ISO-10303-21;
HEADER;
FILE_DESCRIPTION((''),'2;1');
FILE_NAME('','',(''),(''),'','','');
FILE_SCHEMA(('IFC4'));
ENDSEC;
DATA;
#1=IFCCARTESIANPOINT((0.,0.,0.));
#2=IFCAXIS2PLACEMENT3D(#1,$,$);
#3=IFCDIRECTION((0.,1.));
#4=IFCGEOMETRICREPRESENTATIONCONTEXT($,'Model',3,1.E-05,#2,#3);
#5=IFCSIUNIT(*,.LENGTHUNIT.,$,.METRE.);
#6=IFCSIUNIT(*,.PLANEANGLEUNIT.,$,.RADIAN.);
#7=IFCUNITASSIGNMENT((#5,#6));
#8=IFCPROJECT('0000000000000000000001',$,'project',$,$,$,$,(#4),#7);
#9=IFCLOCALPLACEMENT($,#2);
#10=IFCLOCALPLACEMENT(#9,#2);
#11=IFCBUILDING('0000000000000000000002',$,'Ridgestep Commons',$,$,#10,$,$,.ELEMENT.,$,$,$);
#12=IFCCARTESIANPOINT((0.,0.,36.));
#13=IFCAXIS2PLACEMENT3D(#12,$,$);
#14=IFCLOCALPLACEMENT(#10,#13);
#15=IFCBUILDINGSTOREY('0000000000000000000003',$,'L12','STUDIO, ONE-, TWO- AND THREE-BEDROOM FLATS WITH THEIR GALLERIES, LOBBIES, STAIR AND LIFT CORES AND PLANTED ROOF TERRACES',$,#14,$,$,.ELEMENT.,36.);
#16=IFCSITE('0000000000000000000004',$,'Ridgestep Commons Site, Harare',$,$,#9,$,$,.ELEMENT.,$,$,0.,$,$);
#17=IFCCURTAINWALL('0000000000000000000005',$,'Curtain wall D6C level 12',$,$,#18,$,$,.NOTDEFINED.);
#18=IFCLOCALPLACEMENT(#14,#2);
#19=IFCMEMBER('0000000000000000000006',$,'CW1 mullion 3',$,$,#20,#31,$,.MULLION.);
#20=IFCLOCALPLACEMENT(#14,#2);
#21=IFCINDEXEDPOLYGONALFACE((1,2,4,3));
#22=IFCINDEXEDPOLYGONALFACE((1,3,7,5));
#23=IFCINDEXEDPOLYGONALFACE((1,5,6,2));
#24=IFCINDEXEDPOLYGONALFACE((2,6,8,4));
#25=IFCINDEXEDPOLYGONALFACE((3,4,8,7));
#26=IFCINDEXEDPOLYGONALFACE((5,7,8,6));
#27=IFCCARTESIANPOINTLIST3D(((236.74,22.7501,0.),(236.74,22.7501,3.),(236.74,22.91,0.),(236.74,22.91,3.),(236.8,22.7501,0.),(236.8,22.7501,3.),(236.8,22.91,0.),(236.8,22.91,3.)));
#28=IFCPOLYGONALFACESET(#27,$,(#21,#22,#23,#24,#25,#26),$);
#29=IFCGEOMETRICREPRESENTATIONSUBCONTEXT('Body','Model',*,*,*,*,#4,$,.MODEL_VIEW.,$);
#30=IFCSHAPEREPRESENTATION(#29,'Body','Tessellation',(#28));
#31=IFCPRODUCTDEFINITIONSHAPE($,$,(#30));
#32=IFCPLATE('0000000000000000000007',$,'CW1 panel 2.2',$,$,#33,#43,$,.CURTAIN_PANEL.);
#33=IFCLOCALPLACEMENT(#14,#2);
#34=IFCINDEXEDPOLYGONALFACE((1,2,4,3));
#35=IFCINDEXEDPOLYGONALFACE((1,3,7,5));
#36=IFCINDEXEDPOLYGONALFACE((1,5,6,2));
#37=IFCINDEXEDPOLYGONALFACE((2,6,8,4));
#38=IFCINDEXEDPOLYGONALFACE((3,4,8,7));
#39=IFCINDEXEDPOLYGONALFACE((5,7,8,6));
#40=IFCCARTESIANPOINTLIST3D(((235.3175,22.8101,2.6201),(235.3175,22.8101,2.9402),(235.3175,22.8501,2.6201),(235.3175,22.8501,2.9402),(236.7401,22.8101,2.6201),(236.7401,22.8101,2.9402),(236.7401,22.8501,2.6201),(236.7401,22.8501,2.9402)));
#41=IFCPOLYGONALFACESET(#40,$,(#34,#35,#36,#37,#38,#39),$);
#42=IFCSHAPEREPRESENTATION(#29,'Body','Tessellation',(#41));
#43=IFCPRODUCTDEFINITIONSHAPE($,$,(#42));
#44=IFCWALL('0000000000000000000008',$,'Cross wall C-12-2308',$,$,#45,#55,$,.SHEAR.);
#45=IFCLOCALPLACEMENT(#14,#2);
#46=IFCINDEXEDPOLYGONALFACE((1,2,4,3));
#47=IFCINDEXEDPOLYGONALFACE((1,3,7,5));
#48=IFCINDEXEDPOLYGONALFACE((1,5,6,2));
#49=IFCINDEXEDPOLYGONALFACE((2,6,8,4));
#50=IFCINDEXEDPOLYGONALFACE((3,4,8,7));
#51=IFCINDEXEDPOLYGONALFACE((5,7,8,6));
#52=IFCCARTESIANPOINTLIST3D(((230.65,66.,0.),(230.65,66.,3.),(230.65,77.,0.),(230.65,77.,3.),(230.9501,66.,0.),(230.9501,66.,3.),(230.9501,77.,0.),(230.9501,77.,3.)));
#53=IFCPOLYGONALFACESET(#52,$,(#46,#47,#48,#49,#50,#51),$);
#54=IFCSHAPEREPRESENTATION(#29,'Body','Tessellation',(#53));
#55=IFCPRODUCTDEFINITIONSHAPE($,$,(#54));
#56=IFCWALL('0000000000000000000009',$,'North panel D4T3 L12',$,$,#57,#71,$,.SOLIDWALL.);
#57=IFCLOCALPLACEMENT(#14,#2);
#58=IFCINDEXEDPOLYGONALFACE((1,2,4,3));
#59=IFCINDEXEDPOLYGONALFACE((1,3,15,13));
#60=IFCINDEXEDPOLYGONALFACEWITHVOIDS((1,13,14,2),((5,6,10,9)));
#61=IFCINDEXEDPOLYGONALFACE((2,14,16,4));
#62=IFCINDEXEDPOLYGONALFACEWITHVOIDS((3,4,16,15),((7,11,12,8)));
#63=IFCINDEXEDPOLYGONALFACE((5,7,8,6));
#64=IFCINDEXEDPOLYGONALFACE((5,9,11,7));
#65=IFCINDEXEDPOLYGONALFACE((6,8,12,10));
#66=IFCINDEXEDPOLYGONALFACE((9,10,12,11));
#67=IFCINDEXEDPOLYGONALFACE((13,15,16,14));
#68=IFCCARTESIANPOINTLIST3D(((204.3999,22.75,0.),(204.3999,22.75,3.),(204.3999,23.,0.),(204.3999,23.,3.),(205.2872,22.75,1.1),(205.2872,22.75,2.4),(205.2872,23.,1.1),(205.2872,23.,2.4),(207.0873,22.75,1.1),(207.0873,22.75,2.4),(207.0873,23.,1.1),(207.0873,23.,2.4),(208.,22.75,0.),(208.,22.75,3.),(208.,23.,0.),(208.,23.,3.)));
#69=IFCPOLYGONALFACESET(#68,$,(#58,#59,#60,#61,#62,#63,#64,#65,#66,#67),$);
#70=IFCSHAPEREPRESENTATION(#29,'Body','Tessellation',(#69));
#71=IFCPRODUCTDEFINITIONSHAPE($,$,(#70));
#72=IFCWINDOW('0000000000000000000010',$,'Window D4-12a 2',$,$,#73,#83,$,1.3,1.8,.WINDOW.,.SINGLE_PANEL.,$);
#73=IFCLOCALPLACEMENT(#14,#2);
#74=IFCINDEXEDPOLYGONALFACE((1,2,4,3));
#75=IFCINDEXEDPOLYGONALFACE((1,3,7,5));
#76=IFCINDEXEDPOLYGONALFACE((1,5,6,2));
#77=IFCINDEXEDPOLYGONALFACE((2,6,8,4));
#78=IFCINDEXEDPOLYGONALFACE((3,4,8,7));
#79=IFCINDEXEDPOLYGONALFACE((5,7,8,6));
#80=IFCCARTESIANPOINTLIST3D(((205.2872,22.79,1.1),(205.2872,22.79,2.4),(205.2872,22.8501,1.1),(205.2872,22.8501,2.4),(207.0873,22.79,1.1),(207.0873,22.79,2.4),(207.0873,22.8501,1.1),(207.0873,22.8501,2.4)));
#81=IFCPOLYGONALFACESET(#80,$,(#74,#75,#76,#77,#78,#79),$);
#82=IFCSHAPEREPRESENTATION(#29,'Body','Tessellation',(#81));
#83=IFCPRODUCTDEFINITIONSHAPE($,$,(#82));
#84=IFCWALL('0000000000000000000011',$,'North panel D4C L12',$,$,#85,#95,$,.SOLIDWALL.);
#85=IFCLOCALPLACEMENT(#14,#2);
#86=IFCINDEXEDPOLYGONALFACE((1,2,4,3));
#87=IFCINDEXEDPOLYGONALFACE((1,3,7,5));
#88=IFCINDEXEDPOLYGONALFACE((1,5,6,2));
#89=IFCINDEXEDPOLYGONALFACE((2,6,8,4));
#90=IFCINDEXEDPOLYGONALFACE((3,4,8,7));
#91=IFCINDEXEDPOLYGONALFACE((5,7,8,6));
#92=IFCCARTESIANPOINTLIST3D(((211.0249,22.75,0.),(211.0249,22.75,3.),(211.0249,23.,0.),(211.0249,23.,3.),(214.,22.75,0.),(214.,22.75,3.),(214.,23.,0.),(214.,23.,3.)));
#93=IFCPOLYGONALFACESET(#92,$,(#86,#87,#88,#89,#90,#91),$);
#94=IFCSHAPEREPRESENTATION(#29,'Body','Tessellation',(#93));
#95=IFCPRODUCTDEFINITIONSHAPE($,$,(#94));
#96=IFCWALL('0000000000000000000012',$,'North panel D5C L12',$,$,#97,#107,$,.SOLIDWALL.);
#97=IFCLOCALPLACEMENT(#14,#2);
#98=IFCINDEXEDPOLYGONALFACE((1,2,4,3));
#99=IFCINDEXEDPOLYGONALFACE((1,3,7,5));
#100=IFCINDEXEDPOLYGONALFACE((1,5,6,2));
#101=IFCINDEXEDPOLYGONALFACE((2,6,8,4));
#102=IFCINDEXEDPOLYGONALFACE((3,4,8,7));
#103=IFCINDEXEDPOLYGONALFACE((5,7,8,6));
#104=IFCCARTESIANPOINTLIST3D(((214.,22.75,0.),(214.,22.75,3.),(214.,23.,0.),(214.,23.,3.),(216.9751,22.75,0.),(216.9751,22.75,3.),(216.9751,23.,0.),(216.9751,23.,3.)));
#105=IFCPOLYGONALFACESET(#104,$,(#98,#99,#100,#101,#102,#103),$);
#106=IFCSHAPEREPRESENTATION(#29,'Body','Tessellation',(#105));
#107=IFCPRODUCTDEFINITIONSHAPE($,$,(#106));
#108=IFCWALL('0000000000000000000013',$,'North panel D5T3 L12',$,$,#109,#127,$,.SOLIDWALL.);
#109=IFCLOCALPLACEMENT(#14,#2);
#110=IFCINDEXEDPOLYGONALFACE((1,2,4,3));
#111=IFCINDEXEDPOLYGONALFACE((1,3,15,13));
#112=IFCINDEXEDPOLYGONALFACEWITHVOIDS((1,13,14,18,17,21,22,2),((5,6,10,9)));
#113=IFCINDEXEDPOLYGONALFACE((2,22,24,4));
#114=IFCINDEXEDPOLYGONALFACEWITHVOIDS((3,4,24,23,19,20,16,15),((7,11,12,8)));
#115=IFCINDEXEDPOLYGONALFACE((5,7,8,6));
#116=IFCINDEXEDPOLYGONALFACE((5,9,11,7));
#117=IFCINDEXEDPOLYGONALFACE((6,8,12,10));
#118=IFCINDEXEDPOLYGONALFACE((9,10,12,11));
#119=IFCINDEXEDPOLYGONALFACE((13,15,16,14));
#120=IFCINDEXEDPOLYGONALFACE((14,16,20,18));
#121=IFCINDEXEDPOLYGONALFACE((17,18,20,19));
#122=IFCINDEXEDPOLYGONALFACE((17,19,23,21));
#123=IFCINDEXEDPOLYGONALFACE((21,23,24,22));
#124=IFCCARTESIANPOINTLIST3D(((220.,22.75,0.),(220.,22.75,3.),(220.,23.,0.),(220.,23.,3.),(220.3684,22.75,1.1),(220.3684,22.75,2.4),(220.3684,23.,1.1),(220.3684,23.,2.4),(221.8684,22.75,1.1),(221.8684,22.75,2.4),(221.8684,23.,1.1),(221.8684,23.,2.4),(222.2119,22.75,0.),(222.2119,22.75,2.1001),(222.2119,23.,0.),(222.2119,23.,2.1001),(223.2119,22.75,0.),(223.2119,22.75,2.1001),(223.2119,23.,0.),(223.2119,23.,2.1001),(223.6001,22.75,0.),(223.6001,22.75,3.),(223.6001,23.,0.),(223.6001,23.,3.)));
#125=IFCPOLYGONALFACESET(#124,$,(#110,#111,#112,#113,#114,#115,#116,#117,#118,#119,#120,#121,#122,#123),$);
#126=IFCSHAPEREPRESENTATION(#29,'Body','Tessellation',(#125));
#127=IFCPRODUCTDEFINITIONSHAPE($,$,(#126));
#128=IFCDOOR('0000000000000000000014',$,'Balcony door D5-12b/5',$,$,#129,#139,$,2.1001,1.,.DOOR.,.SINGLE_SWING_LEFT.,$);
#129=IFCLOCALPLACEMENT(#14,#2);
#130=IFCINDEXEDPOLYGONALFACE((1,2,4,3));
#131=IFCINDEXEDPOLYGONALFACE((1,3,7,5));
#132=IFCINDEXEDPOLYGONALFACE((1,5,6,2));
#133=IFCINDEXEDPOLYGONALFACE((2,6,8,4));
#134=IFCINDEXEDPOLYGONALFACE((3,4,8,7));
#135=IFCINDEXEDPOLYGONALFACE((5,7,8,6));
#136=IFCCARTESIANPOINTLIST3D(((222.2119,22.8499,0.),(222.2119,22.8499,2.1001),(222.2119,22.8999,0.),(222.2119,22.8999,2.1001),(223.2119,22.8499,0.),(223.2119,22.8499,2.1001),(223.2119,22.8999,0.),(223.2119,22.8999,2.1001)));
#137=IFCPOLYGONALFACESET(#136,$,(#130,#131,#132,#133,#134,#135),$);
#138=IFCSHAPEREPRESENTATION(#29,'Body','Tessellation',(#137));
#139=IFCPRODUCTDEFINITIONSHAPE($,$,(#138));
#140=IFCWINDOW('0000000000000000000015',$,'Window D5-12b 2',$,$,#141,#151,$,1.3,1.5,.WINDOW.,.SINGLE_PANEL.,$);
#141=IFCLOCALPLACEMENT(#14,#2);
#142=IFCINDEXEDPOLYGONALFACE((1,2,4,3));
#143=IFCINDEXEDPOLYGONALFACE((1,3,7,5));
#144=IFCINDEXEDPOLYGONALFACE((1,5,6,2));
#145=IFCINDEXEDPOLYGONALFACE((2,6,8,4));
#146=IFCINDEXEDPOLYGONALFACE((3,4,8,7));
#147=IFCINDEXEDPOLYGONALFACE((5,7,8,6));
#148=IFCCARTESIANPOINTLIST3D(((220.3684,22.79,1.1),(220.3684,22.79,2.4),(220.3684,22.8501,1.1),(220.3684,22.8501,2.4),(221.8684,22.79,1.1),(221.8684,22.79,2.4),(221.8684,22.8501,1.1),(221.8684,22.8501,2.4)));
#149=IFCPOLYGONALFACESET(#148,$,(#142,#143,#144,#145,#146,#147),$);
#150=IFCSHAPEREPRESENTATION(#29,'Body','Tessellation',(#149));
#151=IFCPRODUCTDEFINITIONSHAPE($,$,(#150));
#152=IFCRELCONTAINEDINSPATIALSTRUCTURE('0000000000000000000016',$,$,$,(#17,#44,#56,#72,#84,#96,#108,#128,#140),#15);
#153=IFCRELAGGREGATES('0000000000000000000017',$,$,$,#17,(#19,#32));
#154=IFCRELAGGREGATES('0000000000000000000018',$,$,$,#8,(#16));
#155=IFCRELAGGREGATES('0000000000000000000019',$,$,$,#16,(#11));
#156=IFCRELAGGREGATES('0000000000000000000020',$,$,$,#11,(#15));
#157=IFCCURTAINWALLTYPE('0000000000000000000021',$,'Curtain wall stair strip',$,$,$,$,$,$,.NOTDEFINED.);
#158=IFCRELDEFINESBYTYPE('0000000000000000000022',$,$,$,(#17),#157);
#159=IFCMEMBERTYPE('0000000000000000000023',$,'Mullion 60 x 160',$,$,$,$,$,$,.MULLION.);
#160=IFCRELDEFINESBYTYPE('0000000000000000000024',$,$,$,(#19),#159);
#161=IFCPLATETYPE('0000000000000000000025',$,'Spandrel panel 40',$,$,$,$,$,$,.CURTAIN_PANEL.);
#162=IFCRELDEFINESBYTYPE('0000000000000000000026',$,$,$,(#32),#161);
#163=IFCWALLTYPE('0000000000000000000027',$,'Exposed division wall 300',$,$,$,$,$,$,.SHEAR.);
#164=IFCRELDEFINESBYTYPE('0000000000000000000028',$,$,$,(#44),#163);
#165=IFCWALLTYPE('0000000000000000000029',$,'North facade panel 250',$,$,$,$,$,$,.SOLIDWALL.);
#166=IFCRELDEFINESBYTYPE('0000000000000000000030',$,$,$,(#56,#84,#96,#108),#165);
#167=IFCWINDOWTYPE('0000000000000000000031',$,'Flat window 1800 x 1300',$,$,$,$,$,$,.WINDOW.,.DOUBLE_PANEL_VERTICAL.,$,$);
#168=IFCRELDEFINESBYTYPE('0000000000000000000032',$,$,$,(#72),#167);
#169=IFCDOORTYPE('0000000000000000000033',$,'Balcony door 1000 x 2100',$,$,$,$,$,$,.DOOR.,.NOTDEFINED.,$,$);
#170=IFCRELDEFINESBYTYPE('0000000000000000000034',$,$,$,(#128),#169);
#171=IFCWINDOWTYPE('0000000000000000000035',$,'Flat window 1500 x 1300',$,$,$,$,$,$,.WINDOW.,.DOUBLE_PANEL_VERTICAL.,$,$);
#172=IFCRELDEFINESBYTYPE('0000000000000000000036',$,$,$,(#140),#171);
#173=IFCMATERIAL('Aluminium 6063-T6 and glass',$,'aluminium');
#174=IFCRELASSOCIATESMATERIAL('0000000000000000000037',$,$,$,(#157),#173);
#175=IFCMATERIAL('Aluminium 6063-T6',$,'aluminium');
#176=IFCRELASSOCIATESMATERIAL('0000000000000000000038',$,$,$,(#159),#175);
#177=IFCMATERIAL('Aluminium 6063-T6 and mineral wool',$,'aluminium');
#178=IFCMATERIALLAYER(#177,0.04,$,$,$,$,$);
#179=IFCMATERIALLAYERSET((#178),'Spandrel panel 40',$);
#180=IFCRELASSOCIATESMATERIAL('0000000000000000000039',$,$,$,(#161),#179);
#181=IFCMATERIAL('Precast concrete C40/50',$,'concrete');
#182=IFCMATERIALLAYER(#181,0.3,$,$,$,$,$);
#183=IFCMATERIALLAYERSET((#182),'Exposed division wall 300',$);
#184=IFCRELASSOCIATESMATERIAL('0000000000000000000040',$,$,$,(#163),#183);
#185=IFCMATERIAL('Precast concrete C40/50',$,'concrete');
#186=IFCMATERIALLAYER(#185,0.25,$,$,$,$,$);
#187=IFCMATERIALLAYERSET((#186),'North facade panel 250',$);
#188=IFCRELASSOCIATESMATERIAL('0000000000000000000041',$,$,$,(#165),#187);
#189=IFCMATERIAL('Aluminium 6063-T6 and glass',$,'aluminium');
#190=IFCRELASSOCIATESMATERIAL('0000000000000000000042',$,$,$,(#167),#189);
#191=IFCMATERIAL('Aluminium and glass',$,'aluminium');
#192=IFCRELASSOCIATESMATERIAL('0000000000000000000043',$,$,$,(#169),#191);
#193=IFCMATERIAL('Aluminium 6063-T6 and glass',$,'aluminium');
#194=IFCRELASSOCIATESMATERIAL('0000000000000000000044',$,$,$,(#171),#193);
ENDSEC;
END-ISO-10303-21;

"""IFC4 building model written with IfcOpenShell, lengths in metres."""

from ifc_helpers import new_model, si_unit, direction, frame, frame_2d, origin, origin_2d, place, context, subcontext, project, spatial, rectangle, extrude, material, layer, layer_set, material_profile, profile_set, type_object, element, fill, aggregate, save


model = new_model("IFC4")

# Units and contexts
model_context = context("Model", 3, precision=1e-05, world=origin(), true_north=direction((0.0, 1.0)))
body_context = subcontext(model_context, "Body", "Model", "MODEL_VIEW")
ifc_project = project(units=[si_unit("LENGTHUNIT", "METRE"), si_unit("PLANEANGLEUNIT", "RADIAN")], contexts=[model_context])

# Site, building, storey
site_placement = place(None, origin())
site = spatial("IfcSite", under=ifc_project, at=site_placement, Name="Ridgestep Commons Site, Harare", CompositionType="ELEMENT", RefElevation=0.0)
building_placement = place(site_placement, origin())
building = spatial("IfcBuilding", under=site, at=building_placement, Name="Ridgestep Commons", CompositionType="ELEMENT")
storey_placement = place(building_placement, frame((0.0, 0.0, 36.0)))
storey = spatial("IfcBuildingStorey", under=building, at=storey_placement, Name="L12", Description="STUDIO, ONE-, TWO- AND THREE-BEDROOM FLATS WITH THEIR GALLERIES, LOBBIES, STAIR AND LIFT CORES AND PLANTED ROOF TERRACES", CompositionType="ELEMENT", Elevation=36.0)

# Curtain wall, member, plate
ifc_material_1 = material(Name="Aluminium 6063-T6 and glass", Category="aluminium")
curtain_wall_type = type_object("IfcCurtainWallType", Name="Curtain wall stair strip", PredefinedType="NOTDEFINED", material=ifc_material_1)
curtain_wall_placement = place(storey_placement, origin())
curtain_wall = element("IfcCurtainWall", 1, at=curtain_wall_placement, inside=storey, type_object=curtain_wall_type, Name="Curtain wall D6C level 12", PredefinedType="NOTDEFINED")
ifc_material_2 = material(Name="Aluminium 6063-T6", Category="aluminium")
ifc_material_profile = material_profile(ifc_material_2, rectangle(XDim=0.1599, YDim=0.0601, at=origin_2d()), Name="Mullion 60 x 160")
ifc_profile_set = profile_set([ifc_material_profile], Name="Aluminium 6063-T6")
member_type = type_object("IfcMemberType", Name="Mullion 60 x 160", PredefinedType="MULLION", material=ifc_profile_set)
member_placement = place(storey_placement, frame((236.77, 22.8301, 0.0), z_axis=(0.0, 0.0, 1.0), x_axis=(0.0, 1.0, 0.0)))
member = element("IfcMember", 2, at=member_placement, type_object=member_type, Name="CW1 mullion 3", PredefinedType="MULLION", context=body_context, shape_type="SweptSolid", body=[
    extrude(rectangle(XDim=0.1599, YDim=0.0601, at=origin_2d()), origin(), (0.0, 0.0, 1.0), 3.0),
])
ifc_material_3 = material(Name="Aluminium 6063-T6 and mineral wool", Category="aluminium")
ifc_layer_1 = layer(ifc_material_3, 0.04)
ifc_layer_set_1 = layer_set([ifc_layer_1], Name="Spandrel panel 40")
plate_type = type_object("IfcPlateType", Name="Spandrel panel 40", PredefinedType="CURTAIN_PANEL", material=ifc_layer_set_1)
plate_placement = place(storey_placement, frame((236.0288, 22.8301, 2.6201), z_axis=(0.0, 0.0, 1.0), x_axis=(1.0, 0.0, 0.0)))
plate = element("IfcPlate", 3, at=plate_placement, type_object=plate_type, Name="CW1 panel 2.2", PredefinedType="CURTAIN_PANEL", context=body_context, shape_type="SweptSolid", body=[
    extrude(rectangle(XDim=1.4226, YDim=0.04, at=origin_2d()), origin(), (0.0, 0.0, 1.0), 0.3201),
])
aggregate(curtain_wall, [member, plate])

# Wall
ifc_material_4 = material(Name="Precast concrete C40/50", Category="concrete")
ifc_layer_2 = layer(ifc_material_4, 0.3)
ifc_layer_set_2 = layer_set([ifc_layer_2], Name="Exposed division wall 300")
wall_type_1 = type_object("IfcWallType", Name="Exposed division wall 300", PredefinedType="SHEAR", material=ifc_layer_set_2)
wall_1_placement = place(storey_placement, frame((230.8, 66.0, 0.0), z_axis=(0.0, 0.0, 1.0), x_axis=(0.0, 1.0, 0.0)))
element("IfcWall", 4, at=wall_1_placement, inside=storey, type_object=wall_type_1, Name="Cross wall C-12-2308", PredefinedType="SHEAR", context=body_context, shape_type="SweptSolid", body=[
    extrude(rectangle(XDim=11.0, YDim=0.3, at=frame_2d((5.5, 0.0))), origin(), (0.0, 0.0, 1.0), 3.0),
])

# Wall, opening, window
ifc_material_5 = material(Name="Precast concrete C40/50", Category="concrete")
ifc_layer_3 = layer(ifc_material_5, 0.25)
ifc_layer_set_3 = layer_set([ifc_layer_3], Name="North facade panel 250")
wall_type_2 = type_object("IfcWallType", Name="North facade panel 250", PredefinedType="SOLIDWALL", material=ifc_layer_set_3)
wall_2_placement = place(storey_placement, frame((204.3999, 22.875, 0.0), z_axis=(0.0, 0.0, 1.0), x_axis=(1.0, 0.0, 0.0)))
wall_2 = element("IfcWall", 5, at=wall_2_placement, inside=storey, type_object=wall_type_2, Name="North panel D4T3 L12", PredefinedType="SOLIDWALL", context=body_context, shape_type="SweptSolid", body=[
    extrude(rectangle(XDim=3.6001, YDim=0.25, at=frame_2d((1.8, 0.0))), origin(), (0.0, 0.0, 1.0), 3.0),
])
opening_1_placement = place(wall_2_placement, frame((0.8875, 0.0, 1.1001)))
opening_1 = element("IfcOpeningElement", 6, at=opening_1_placement, cuts=wall_2, PredefinedType="OPENING", context=body_context, shape_type="SweptSolid", body=[
    extrude(rectangle(XDim=1.8, YDim=1.3, at=frame_2d((0.8999, 0.6499))), frame((0.0, 0.135, 0.0), z_axis=(0.0, -1.0, 0.0), x_axis=(1.0, 0.0, 0.0)), (0.0, 0.0, 1.0), 0.27),
])
ifc_material_6 = material(Name="Aluminium 6063-T6 and glass", Category="aluminium")
window_type_1 = type_object("IfcWindowType", Name="Flat window 1800 x 1300", PartitioningType="DOUBLE_PANEL_VERTICAL", PredefinedType="WINDOW", material=ifc_material_6)
window_1_placement = place(opening_1_placement, origin())
window_1 = element("IfcWindow", 7, at=window_1_placement, inside=storey, type_object=window_type_1, Name="Window D4-12a 2", OverallHeight=1.3, OverallWidth=1.8, PartitioningType="SINGLE_PANEL", PredefinedType="WINDOW", context=body_context, shape_type="SweptSolid", body=[
    extrude(rectangle(XDim=1.8, YDim=1.3, at=frame_2d((0.8999, 0.6499))), frame((0.0, -0.0249, 0.0), z_axis=(0.0, -1.0, 0.0), x_axis=(1.0, 0.0, 0.0)), (0.0, 0.0, 1.0), 0.0601),
])
fill(opening_1, window_1)

# Walls
for number, where, z_axis, x_axis, name in (
    (8, (211.0249, 22.875, 0.0), (0.0, 0.0, 1.0), (1.0, 0.0, 0.0), "North panel D4C L12"),
    (9, (214.0, 22.875, 0.0), (0.0, 0.0, 1.0), (1.0, 0.0, 0.0), "North panel D5C L12"),
):
    element("IfcWall", number, at=place(storey_placement, frame(where, z_axis=z_axis, x_axis=x_axis)), inside=storey, type_object=wall_type_2, Name=name, PredefinedType="SOLIDWALL", context=body_context, shape_type="SweptSolid", body=[
        extrude(rectangle(XDim=2.9751, YDim=0.25, at=frame_2d((1.4875, 0.0))), origin(), (0.0, 0.0, 1.0), 3.0),
    ])

# Wall, openings, door, window
wall_3_placement = place(storey_placement, frame((220.0, 22.875, 0.0), z_axis=(0.0, 0.0, 1.0), x_axis=(1.0, 0.0, 0.0)))
wall_3 = element("IfcWall", 10, at=wall_3_placement, inside=storey, type_object=wall_type_2, Name="North panel D5T3 L12", PredefinedType="SOLIDWALL", context=body_context, shape_type="SweptSolid", body=[
    extrude(rectangle(XDim=3.6001, YDim=0.25, at=frame_2d((1.8, 0.0))), origin(), (0.0, 0.0, 1.0), 3.0),
])
opening_2_placement = place(wall_3_placement, frame((0.3684, 0.0, 1.1001)))
opening_2 = element("IfcOpeningElement", 11, at=opening_2_placement, cuts=wall_3, PredefinedType="OPENING", context=body_context, shape_type="SweptSolid", body=[
    extrude(rectangle(XDim=1.5, YDim=1.3, at=frame_2d((0.75, 0.6499))), frame((0.0, 0.135, 0.0), z_axis=(0.0, -1.0, 0.0), x_axis=(1.0, 0.0, 0.0)), (0.0, 0.0, 1.0), 0.27),
])
opening_3_placement = place(wall_3_placement, frame((2.2119, 0.0, 0.0)))
opening_3 = element("IfcOpeningElement", 12, at=opening_3_placement, cuts=wall_3, PredefinedType="OPENING", context=body_context, shape_type="SweptSolid", body=[
    extrude(rectangle(XDim=1.0, YDim=2.1001, at=frame_2d((0.5, 1.05))), frame((0.0, 0.135, 0.0), z_axis=(0.0, -1.0, 0.0), x_axis=(1.0, 0.0, 0.0)), (0.0, 0.0, 1.0), 0.27),
])
ifc_material_7 = material(Name="Aluminium and glass", Category="aluminium")
door_type = type_object("IfcDoorType", Name="Balcony door 1000 x 2100", OperationType="NOTDEFINED", PredefinedType="DOOR", material=ifc_material_7)
door_1_placement = place(opening_3_placement, origin())
door_1 = element("IfcDoor", 13, at=door_1_placement, inside=storey, type_object=door_type, Name="Balcony door D5-12b/5", OperationType="SINGLE_SWING_LEFT", OverallHeight=2.1001, OverallWidth=1.0, PredefinedType="DOOR", context=body_context, shape_type="SweptSolid", body=[
    extrude(rectangle(XDim=1.0, YDim=2.1001, at=frame_2d((0.5, 1.05))), frame((0.0, 0.0249, 0.0), z_axis=(0.0, -1.0, 0.0), x_axis=(1.0, 0.0, 0.0)), (0.0, 0.0, 1.0), 0.05),
])
fill(opening_3, door_1)
ifc_material_8 = material(Name="Aluminium 6063-T6 and glass", Category="aluminium")
window_type_2 = type_object("IfcWindowType", Name="Flat window 1500 x 1300", PartitioningType="DOUBLE_PANEL_VERTICAL", PredefinedType="WINDOW", material=ifc_material_8)
window_2_placement = place(opening_2_placement, origin())
window_2 = element("IfcWindow", 14, at=window_2_placement, inside=storey, type_object=window_type_2, Name="Window D5-12b 2", OverallHeight=1.3, OverallWidth=1.5, PartitioningType="SINGLE_PANEL", PredefinedType="WINDOW", context=body_context, shape_type="SweptSolid", body=[
    extrude(rectangle(XDim=1.5, YDim=1.3, at=frame_2d((0.75, 0.6499))), frame((0.0, -0.0249, 0.0), z_axis=(0.0, -1.0, 0.0), x_axis=(1.0, 0.0, 0.0)), (0.0, 0.0, 1.0), 0.0601),
])
fill(opening_2, window_2)

save(model, "model.ifc")
